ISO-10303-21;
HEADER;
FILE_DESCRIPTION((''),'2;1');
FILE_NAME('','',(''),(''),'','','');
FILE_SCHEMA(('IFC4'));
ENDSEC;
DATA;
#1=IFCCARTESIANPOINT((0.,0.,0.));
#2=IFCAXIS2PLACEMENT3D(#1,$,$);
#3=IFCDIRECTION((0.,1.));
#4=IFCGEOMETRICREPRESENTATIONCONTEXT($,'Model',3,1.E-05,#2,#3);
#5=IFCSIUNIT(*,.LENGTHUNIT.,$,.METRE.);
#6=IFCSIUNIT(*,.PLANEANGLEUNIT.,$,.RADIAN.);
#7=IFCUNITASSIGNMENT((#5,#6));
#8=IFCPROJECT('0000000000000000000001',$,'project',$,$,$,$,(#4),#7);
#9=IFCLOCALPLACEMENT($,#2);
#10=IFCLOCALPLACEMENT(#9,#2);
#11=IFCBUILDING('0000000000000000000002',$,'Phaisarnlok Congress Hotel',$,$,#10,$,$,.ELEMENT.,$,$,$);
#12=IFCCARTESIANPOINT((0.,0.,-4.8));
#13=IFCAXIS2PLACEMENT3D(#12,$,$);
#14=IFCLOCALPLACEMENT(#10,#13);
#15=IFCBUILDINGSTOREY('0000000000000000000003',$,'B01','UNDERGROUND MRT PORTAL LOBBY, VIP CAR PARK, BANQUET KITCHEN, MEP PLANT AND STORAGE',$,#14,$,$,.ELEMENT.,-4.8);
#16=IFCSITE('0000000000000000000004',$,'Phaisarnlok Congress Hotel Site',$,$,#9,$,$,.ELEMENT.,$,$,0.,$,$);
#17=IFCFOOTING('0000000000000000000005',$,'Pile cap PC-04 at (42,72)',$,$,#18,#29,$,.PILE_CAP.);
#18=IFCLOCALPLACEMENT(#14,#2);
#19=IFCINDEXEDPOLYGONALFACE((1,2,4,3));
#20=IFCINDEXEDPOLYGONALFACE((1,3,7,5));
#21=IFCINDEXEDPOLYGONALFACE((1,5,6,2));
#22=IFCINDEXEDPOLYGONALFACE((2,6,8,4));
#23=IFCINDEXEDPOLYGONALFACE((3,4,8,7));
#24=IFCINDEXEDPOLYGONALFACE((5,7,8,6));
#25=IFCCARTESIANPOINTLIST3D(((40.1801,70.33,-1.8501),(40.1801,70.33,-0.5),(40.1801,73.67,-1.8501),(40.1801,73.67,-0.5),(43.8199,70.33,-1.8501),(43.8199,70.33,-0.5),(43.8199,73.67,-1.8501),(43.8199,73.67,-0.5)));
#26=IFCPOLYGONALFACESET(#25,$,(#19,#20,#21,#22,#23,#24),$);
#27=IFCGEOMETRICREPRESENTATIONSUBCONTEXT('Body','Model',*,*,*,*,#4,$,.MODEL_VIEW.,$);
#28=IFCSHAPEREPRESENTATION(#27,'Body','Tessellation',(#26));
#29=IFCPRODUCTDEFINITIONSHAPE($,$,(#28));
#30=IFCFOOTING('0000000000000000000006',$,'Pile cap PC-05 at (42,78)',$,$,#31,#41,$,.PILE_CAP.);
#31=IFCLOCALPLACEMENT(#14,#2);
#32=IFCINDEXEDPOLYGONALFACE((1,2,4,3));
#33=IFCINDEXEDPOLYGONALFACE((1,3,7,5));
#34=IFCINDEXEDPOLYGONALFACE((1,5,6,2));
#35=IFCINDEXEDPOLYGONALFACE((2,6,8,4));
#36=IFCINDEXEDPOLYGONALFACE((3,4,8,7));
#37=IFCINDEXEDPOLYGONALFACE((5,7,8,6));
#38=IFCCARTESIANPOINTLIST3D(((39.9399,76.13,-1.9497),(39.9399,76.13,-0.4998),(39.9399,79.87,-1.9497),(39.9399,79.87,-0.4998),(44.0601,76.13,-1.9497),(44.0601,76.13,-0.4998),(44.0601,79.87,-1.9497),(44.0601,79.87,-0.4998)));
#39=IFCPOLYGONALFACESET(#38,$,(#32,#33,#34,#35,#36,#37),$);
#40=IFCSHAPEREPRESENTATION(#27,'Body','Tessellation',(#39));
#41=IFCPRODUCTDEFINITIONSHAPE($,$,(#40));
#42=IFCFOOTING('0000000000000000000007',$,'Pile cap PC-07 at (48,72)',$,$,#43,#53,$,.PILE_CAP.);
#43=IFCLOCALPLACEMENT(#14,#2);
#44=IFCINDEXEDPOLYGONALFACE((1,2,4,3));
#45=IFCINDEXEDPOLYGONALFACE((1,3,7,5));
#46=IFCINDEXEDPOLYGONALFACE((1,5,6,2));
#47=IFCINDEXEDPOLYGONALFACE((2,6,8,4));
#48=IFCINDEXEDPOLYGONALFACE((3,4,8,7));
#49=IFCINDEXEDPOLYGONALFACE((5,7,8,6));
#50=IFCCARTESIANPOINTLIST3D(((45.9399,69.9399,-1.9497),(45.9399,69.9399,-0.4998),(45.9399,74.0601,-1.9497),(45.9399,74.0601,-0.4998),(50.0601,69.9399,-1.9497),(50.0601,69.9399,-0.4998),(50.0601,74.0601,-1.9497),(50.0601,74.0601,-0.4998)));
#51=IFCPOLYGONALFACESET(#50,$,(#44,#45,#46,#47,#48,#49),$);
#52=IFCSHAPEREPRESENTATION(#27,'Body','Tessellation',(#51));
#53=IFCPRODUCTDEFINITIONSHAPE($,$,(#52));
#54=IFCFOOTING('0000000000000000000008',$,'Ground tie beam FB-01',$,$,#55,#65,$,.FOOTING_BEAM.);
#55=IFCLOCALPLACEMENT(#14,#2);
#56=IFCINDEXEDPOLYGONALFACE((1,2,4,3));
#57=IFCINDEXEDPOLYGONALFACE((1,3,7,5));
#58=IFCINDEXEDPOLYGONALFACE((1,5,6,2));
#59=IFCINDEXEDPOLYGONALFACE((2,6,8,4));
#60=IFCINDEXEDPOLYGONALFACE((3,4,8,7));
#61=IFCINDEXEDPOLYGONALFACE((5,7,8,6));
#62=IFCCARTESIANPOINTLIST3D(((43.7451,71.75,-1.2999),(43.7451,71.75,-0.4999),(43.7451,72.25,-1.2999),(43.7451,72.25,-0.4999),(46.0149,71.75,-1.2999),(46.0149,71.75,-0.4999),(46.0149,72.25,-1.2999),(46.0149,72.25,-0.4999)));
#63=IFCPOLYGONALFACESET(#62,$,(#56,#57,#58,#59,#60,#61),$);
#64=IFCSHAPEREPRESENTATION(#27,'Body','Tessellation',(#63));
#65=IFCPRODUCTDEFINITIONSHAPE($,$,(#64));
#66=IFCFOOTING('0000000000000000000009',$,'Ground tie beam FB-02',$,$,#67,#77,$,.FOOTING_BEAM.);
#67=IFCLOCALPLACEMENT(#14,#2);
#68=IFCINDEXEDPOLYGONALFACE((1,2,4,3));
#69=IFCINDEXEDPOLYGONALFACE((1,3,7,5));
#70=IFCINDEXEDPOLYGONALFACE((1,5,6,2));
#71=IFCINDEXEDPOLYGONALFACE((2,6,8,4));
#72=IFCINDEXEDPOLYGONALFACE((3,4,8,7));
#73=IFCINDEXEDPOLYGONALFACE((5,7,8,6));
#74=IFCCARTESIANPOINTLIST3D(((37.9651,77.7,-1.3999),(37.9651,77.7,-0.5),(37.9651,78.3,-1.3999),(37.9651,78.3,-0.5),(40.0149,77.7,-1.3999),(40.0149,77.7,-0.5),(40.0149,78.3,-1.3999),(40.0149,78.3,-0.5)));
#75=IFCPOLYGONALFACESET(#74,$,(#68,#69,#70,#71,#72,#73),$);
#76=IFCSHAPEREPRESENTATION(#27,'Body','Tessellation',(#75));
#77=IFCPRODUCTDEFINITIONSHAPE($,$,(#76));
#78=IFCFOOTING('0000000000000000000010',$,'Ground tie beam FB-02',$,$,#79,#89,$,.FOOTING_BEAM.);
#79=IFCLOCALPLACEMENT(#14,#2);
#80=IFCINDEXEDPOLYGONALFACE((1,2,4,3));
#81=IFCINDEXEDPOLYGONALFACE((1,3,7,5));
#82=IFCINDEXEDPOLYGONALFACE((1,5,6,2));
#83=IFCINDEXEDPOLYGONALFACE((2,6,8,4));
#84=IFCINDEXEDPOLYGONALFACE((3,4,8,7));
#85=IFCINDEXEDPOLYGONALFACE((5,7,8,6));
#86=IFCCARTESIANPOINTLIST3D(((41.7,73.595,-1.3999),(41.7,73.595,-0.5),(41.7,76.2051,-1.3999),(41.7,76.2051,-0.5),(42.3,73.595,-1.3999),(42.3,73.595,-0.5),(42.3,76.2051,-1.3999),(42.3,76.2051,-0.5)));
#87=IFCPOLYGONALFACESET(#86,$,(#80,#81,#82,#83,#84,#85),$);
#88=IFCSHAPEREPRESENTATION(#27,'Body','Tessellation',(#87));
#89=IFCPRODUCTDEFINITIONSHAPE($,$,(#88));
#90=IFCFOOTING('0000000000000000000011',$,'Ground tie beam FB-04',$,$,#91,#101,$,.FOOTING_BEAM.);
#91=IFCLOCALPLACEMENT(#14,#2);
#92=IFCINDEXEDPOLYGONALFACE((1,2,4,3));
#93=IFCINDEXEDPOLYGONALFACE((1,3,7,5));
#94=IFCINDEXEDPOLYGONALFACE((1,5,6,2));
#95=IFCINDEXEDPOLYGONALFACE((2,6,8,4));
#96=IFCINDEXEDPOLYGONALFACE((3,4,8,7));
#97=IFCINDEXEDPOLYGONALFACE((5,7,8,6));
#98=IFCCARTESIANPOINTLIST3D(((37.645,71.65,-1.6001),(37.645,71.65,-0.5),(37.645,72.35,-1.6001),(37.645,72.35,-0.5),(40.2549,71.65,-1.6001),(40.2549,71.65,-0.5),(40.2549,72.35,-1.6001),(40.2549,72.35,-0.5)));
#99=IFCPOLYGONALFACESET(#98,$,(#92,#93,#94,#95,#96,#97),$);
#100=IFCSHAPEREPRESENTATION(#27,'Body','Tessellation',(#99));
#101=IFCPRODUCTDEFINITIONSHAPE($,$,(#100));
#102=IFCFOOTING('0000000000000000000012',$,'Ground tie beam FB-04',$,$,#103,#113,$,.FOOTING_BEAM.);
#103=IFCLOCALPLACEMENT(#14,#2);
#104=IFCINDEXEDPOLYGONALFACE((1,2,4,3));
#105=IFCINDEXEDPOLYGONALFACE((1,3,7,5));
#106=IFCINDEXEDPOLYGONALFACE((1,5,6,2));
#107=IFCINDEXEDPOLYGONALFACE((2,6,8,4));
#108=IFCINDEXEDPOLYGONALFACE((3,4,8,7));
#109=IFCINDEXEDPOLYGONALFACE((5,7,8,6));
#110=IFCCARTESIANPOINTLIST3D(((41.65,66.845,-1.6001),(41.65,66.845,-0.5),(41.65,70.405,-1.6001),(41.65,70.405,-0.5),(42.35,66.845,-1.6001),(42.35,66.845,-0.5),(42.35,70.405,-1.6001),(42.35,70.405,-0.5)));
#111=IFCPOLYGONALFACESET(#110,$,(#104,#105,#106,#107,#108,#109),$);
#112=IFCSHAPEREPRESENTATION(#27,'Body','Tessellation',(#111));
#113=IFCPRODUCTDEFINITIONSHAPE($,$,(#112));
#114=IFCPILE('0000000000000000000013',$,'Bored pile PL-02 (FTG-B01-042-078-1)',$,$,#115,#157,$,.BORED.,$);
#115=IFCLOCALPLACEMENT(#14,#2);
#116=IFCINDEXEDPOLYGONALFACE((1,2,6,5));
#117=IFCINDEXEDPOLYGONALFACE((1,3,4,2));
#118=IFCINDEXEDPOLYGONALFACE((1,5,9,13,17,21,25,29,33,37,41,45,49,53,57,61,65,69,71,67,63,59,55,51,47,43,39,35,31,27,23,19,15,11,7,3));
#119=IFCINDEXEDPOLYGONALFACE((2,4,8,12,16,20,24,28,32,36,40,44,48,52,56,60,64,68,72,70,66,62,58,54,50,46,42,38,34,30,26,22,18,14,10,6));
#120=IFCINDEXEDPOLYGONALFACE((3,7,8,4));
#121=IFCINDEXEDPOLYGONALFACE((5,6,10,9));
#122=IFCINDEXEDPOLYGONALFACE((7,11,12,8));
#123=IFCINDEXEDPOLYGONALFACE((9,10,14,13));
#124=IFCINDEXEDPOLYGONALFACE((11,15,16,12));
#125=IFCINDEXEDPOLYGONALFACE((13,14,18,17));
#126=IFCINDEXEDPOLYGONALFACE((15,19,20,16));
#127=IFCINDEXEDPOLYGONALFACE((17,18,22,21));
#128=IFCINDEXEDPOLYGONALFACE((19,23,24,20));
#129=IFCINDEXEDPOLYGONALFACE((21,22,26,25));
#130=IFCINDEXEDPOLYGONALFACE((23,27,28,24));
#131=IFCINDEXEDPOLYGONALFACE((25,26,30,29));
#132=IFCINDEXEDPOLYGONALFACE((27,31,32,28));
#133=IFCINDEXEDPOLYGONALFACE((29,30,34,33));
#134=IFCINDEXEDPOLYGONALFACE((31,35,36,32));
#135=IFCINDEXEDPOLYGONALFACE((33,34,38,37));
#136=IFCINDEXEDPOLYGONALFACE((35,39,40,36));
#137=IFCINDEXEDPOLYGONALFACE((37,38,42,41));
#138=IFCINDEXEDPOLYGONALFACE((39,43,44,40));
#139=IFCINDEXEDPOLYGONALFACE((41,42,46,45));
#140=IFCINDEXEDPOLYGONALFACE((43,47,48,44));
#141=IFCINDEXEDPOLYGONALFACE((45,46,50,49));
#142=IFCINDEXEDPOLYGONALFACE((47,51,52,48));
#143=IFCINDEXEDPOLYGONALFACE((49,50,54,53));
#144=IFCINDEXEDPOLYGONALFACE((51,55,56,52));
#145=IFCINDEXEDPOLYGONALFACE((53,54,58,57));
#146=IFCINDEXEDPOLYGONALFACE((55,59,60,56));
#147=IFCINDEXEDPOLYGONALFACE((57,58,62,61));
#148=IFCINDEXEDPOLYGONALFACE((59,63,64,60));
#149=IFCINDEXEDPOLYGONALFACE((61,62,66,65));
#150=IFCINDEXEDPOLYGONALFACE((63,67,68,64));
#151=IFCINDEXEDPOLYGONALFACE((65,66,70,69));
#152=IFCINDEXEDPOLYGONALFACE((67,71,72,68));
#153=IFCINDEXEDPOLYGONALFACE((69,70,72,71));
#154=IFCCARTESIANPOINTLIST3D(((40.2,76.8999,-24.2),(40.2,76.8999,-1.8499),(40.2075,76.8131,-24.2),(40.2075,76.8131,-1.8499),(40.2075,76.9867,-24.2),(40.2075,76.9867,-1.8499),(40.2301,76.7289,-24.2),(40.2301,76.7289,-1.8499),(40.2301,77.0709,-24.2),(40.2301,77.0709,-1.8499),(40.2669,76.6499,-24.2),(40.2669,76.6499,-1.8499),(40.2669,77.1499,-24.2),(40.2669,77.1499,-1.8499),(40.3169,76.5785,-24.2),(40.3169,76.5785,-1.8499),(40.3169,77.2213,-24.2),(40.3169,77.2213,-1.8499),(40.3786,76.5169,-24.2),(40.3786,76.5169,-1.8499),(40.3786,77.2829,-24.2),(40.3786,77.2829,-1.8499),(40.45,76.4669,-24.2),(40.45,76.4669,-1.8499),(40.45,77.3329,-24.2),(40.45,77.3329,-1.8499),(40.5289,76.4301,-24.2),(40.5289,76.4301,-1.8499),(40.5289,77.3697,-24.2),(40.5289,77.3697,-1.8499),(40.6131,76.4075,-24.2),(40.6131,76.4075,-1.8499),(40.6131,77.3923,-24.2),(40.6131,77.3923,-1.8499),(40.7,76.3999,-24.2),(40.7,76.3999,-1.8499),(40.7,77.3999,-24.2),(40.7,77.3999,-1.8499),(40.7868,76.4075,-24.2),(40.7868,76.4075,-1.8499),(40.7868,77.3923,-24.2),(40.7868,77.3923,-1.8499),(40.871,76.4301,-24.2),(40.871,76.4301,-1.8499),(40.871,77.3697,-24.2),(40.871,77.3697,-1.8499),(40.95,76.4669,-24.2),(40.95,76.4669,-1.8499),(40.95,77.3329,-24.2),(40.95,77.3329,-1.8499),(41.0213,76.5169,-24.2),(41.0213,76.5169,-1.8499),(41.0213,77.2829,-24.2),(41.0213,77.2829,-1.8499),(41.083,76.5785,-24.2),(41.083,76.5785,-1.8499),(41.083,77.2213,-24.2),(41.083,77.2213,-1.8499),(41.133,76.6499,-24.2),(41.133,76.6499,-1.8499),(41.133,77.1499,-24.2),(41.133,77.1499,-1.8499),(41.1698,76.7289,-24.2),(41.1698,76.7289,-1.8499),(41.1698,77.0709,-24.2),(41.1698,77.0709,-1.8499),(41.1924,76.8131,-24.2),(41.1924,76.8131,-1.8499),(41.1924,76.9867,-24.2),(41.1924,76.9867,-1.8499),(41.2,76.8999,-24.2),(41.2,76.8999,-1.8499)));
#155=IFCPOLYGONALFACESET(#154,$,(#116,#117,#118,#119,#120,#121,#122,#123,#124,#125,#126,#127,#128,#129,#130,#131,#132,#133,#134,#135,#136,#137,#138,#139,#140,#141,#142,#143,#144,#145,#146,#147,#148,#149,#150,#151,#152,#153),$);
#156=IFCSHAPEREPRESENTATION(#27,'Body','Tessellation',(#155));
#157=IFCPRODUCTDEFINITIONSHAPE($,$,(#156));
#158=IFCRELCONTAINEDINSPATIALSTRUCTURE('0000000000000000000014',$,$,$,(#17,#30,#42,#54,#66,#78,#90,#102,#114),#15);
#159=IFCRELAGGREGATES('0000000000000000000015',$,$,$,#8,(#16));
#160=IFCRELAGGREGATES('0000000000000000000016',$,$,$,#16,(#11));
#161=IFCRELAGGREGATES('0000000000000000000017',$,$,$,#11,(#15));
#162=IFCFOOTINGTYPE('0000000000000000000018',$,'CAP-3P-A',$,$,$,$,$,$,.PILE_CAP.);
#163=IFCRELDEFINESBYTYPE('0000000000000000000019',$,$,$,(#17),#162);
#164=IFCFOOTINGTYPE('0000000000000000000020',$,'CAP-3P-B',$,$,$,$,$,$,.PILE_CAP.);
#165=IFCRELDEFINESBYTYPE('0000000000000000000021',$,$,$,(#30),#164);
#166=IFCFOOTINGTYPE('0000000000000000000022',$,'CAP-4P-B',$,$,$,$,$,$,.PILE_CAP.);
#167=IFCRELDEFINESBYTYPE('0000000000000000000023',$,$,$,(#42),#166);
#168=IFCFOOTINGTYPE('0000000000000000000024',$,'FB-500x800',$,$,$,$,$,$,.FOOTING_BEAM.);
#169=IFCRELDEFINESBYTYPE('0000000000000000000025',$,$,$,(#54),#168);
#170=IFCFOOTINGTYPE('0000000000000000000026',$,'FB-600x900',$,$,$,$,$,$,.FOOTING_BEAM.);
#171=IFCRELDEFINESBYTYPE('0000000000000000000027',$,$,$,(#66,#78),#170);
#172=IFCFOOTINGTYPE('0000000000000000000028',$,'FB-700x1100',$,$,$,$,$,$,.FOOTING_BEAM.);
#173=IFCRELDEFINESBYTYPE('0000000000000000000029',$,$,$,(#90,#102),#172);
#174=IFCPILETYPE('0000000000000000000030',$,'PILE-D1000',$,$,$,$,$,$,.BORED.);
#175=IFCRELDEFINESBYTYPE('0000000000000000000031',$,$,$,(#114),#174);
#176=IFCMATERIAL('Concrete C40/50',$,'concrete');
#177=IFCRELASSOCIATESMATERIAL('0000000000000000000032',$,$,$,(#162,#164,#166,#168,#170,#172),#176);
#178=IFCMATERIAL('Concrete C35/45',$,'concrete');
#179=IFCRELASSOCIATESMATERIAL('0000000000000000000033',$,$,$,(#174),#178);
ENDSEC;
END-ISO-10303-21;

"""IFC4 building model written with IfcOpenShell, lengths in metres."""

from ifc_helpers import new_model, si_unit, direction, frame, origin, origin_2d, place, context, subcontext, project, spatial, rectangle, circle, extrude, material, material_profile, profile_set, type_object, element, save


model = new_model("IFC4")

# Units and contexts
model_context = context("Model", 3, precision=1e-05, world=origin(), true_north=direction((0.0, 1.0)))
body_context = subcontext(model_context, "Body", "Model", "MODEL_VIEW")
ifc_project = project(units=[si_unit("LENGTHUNIT", "METRE"), si_unit("PLANEANGLEUNIT", "RADIAN")], contexts=[model_context])

# Site, building, storey
site_placement = place(None, origin())
site = spatial("IfcSite", under=ifc_project, at=site_placement, Name="Phaisarnlok Congress Hotel Site", CompositionType="ELEMENT", RefElevation=0.0)
building_placement = place(site_placement, origin())
building = spatial("IfcBuilding", under=site, at=building_placement, Name="Phaisarnlok Congress Hotel", CompositionType="ELEMENT")
storey_placement = place(building_placement, frame((0.0, 0.0, -4.8)))
storey = spatial("IfcBuildingStorey", under=building, at=storey_placement, Name="B01", Description="UNDERGROUND MRT PORTAL LOBBY, VIP CAR PARK, BANQUET KITCHEN, MEP PLANT AND STORAGE", CompositionType="ELEMENT", Elevation=-4.8)

# Footings
ifc_material_1 = material(Name="Concrete C40/50", Category="concrete")
footing_type_1 = type_object("IfcFootingType", Name="CAP-3P-A", PredefinedType="PILE_CAP", material=ifc_material_1)
footing_1_placement = place(storey_placement, frame((42.0, 72.0, -1.8501), z_axis=(0.0, 0.0, 1.0), x_axis=(1.0, 0.0, 0.0)))
element("IfcFooting", 1, at=footing_1_placement, inside=storey, type_object=footing_type_1, Name="Pile cap PC-04 at (42,72)", PredefinedType="PILE_CAP", context=body_context, shape_type="SweptSolid", body=[
    extrude(rectangle(XDim=3.6399, YDim=3.3401, at=origin_2d()), origin(), (0.0, 0.0, 1.0), 1.3501),
])
footing_type_2 = type_object("IfcFootingType", Name="CAP-3P-B", PredefinedType="PILE_CAP", material=ifc_material_1)
footing_2_placement = place(storey_placement, frame((42.0, 78.0, -1.9497), z_axis=(0.0, 0.0, 1.0), x_axis=(1.0, 0.0, 0.0)))
element("IfcFooting", 2, at=footing_2_placement, inside=storey, type_object=footing_type_2, Name="Pile cap PC-05 at (42,78)", PredefinedType="PILE_CAP", context=body_context, shape_type="SweptSolid", body=[
    extrude(rectangle(XDim=4.1201, YDim=3.74, at=origin_2d()), origin(), (0.0, 0.0, 1.0), 1.45),
])
footing_type_3 = type_object("IfcFootingType", Name="CAP-4P-B", PredefinedType="PILE_CAP", material=ifc_material_1)
footing_3_placement = place(storey_placement, frame((48.0, 72.0, -1.9497), z_axis=(0.0, 0.0, 1.0), x_axis=(1.0, 0.0, 0.0)))
element("IfcFooting", 3, at=footing_3_placement, inside=storey, type_object=footing_type_3, Name="Pile cap PC-07 at (48,72)", PredefinedType="PILE_CAP", context=body_context, shape_type="SweptSolid", body=[
    extrude(rectangle(XDim=4.1201, YDim=4.1201, at=origin_2d()), origin(), (0.0, 0.0, 1.0), 1.45),
])
ifc_material_profile_1 = material_profile(ifc_material_1, rectangle(XDim=0.5, YDim=0.8, at=origin_2d()), Name="FB-500x800")
ifc_profile_set_1 = profile_set([ifc_material_profile_1], Name="Concrete C40/50")
footing_type_4 = type_object("IfcFootingType", Name="FB-500x800", PredefinedType="FOOTING_BEAM", material=ifc_profile_set_1)
footing_4_placement = place(storey_placement, frame((43.7451, 72.0, -0.8999), z_axis=(1.0, 0.0, 0.0), x_axis=(0.0, 1.0, 0.0)))
element("IfcFooting", 4, at=footing_4_placement, inside=storey, type_object=footing_type_4, Name="Ground tie beam FB-01", PredefinedType="FOOTING_BEAM", context=body_context, shape_type="SweptSolid", body=[
    extrude(rectangle(XDim=0.5, YDim=0.8, at=origin_2d()), origin(), (0.0, 0.0, 1.0), 2.2698),
])
ifc_material_profile_2 = material_profile(ifc_material_1, rectangle(XDim=0.6001, YDim=0.8999, at=origin_2d()), Name="FB-600x900")
ifc_profile_set_2 = profile_set([ifc_material_profile_2], Name="Concrete C40/50")
footing_type_5 = type_object("IfcFootingType", Name="FB-600x900", PredefinedType="FOOTING_BEAM", material=ifc_profile_set_2)
footing_5_placement = place(storey_placement, frame((37.9651, 78.0, -0.95), z_axis=(1.0, 0.0, 0.0), x_axis=(0.0, 1.0, 0.0)))
element("IfcFooting", 5, at=footing_5_placement, inside=storey, type_object=footing_type_5, Name="Ground tie beam FB-02", PredefinedType="FOOTING_BEAM", context=body_context, shape_type="SweptSolid", body=[
    extrude(rectangle(XDim=0.6001, YDim=0.8999, at=origin_2d()), origin(), (0.0, 0.0, 1.0), 2.0498),
])
footing_6_placement = place(storey_placement, frame((42.0, 73.595, -0.95), z_axis=(0.0, 1.0, 0.0), x_axis=(-1.0, 0.0, 0.0)))
element("IfcFooting", 6, at=footing_6_placement, inside=storey, type_object=footing_type_5, Name="Ground tie beam FB-02", PredefinedType="FOOTING_BEAM", context=body_context, shape_type="SweptSolid", body=[
    extrude(rectangle(XDim=0.6001, YDim=0.8999, at=origin_2d()), origin(), (0.0, 0.0, 1.0), 2.6101),
])
ifc_material_profile_3 = material_profile(ifc_material_1, rectangle(XDim=0.7, YDim=1.1001, at=origin_2d()), Name="FB-700x1100")
ifc_profile_set_3 = profile_set([ifc_material_profile_3], Name="Concrete C40/50")
footing_type_6 = type_object("IfcFootingType", Name="FB-700x1100", PredefinedType="FOOTING_BEAM", material=ifc_profile_set_3)
footing_7_placement = place(storey_placement, frame((37.645, 72.0, -1.05), z_axis=(1.0, 0.0, 0.0), x_axis=(0.0, 1.0, 0.0)))
element("IfcFooting", 7, at=footing_7_placement, inside=storey, type_object=footing_type_6, Name="Ground tie beam FB-04", PredefinedType="FOOTING_BEAM", context=body_context, shape_type="SweptSolid", body=[
    extrude(rectangle(XDim=0.7, YDim=1.1001, at=origin_2d()), origin(), (0.0, 0.0, 1.0), 2.6099),
])
footing_8_placement = place(storey_placement, frame((42.0, 66.845, -1.05), z_axis=(0.0, 1.0, 0.0), x_axis=(-1.0, 0.0, 0.0)))
element("IfcFooting", 8, at=footing_8_placement, inside=storey, type_object=footing_type_6, Name="Ground tie beam FB-04", PredefinedType="FOOTING_BEAM", context=body_context, shape_type="SweptSolid", body=[
    extrude(rectangle(XDim=0.7, YDim=1.1001, at=origin_2d()), origin(), (0.0, 0.0, 1.0), 3.5601),
])

# Pile
ifc_material_2 = material(Name="Concrete C35/45", Category="concrete")
ifc_material_profile_4 = material_profile(ifc_material_2, circle(Radius=0.5, at=origin_2d()), Name="BORED PILE D1000")
ifc_profile_set_4 = profile_set([ifc_material_profile_4], Name="Concrete C35/45")
pile_type_1 = type_object("IfcPileType", Name="PILE-D1000", PredefinedType="BORED", material=ifc_profile_set_4)
for number, where, z_axis, x_axis, name in (
    (9, (40.7, 76.8999, -1.8499), (0.0, 0.0, -1.0), (1.0, 0.0, 0.0), "Bored pile PL-02 (FTG-B01-042-078-1)"),
):
    element("IfcPile", number, at=place(storey_placement, frame(where, z_axis=z_axis, x_axis=x_axis)), inside=storey, type_object=pile_type_1, Name=name, PredefinedType="BORED", context=body_context, shape_type="SweptSolid", body=[
        extrude(circle(Radius=0.5, at=origin_2d()), origin(), (0.0, 0.0, 1.0), 22.3501),
    ])

save(model, "model.ifc")
